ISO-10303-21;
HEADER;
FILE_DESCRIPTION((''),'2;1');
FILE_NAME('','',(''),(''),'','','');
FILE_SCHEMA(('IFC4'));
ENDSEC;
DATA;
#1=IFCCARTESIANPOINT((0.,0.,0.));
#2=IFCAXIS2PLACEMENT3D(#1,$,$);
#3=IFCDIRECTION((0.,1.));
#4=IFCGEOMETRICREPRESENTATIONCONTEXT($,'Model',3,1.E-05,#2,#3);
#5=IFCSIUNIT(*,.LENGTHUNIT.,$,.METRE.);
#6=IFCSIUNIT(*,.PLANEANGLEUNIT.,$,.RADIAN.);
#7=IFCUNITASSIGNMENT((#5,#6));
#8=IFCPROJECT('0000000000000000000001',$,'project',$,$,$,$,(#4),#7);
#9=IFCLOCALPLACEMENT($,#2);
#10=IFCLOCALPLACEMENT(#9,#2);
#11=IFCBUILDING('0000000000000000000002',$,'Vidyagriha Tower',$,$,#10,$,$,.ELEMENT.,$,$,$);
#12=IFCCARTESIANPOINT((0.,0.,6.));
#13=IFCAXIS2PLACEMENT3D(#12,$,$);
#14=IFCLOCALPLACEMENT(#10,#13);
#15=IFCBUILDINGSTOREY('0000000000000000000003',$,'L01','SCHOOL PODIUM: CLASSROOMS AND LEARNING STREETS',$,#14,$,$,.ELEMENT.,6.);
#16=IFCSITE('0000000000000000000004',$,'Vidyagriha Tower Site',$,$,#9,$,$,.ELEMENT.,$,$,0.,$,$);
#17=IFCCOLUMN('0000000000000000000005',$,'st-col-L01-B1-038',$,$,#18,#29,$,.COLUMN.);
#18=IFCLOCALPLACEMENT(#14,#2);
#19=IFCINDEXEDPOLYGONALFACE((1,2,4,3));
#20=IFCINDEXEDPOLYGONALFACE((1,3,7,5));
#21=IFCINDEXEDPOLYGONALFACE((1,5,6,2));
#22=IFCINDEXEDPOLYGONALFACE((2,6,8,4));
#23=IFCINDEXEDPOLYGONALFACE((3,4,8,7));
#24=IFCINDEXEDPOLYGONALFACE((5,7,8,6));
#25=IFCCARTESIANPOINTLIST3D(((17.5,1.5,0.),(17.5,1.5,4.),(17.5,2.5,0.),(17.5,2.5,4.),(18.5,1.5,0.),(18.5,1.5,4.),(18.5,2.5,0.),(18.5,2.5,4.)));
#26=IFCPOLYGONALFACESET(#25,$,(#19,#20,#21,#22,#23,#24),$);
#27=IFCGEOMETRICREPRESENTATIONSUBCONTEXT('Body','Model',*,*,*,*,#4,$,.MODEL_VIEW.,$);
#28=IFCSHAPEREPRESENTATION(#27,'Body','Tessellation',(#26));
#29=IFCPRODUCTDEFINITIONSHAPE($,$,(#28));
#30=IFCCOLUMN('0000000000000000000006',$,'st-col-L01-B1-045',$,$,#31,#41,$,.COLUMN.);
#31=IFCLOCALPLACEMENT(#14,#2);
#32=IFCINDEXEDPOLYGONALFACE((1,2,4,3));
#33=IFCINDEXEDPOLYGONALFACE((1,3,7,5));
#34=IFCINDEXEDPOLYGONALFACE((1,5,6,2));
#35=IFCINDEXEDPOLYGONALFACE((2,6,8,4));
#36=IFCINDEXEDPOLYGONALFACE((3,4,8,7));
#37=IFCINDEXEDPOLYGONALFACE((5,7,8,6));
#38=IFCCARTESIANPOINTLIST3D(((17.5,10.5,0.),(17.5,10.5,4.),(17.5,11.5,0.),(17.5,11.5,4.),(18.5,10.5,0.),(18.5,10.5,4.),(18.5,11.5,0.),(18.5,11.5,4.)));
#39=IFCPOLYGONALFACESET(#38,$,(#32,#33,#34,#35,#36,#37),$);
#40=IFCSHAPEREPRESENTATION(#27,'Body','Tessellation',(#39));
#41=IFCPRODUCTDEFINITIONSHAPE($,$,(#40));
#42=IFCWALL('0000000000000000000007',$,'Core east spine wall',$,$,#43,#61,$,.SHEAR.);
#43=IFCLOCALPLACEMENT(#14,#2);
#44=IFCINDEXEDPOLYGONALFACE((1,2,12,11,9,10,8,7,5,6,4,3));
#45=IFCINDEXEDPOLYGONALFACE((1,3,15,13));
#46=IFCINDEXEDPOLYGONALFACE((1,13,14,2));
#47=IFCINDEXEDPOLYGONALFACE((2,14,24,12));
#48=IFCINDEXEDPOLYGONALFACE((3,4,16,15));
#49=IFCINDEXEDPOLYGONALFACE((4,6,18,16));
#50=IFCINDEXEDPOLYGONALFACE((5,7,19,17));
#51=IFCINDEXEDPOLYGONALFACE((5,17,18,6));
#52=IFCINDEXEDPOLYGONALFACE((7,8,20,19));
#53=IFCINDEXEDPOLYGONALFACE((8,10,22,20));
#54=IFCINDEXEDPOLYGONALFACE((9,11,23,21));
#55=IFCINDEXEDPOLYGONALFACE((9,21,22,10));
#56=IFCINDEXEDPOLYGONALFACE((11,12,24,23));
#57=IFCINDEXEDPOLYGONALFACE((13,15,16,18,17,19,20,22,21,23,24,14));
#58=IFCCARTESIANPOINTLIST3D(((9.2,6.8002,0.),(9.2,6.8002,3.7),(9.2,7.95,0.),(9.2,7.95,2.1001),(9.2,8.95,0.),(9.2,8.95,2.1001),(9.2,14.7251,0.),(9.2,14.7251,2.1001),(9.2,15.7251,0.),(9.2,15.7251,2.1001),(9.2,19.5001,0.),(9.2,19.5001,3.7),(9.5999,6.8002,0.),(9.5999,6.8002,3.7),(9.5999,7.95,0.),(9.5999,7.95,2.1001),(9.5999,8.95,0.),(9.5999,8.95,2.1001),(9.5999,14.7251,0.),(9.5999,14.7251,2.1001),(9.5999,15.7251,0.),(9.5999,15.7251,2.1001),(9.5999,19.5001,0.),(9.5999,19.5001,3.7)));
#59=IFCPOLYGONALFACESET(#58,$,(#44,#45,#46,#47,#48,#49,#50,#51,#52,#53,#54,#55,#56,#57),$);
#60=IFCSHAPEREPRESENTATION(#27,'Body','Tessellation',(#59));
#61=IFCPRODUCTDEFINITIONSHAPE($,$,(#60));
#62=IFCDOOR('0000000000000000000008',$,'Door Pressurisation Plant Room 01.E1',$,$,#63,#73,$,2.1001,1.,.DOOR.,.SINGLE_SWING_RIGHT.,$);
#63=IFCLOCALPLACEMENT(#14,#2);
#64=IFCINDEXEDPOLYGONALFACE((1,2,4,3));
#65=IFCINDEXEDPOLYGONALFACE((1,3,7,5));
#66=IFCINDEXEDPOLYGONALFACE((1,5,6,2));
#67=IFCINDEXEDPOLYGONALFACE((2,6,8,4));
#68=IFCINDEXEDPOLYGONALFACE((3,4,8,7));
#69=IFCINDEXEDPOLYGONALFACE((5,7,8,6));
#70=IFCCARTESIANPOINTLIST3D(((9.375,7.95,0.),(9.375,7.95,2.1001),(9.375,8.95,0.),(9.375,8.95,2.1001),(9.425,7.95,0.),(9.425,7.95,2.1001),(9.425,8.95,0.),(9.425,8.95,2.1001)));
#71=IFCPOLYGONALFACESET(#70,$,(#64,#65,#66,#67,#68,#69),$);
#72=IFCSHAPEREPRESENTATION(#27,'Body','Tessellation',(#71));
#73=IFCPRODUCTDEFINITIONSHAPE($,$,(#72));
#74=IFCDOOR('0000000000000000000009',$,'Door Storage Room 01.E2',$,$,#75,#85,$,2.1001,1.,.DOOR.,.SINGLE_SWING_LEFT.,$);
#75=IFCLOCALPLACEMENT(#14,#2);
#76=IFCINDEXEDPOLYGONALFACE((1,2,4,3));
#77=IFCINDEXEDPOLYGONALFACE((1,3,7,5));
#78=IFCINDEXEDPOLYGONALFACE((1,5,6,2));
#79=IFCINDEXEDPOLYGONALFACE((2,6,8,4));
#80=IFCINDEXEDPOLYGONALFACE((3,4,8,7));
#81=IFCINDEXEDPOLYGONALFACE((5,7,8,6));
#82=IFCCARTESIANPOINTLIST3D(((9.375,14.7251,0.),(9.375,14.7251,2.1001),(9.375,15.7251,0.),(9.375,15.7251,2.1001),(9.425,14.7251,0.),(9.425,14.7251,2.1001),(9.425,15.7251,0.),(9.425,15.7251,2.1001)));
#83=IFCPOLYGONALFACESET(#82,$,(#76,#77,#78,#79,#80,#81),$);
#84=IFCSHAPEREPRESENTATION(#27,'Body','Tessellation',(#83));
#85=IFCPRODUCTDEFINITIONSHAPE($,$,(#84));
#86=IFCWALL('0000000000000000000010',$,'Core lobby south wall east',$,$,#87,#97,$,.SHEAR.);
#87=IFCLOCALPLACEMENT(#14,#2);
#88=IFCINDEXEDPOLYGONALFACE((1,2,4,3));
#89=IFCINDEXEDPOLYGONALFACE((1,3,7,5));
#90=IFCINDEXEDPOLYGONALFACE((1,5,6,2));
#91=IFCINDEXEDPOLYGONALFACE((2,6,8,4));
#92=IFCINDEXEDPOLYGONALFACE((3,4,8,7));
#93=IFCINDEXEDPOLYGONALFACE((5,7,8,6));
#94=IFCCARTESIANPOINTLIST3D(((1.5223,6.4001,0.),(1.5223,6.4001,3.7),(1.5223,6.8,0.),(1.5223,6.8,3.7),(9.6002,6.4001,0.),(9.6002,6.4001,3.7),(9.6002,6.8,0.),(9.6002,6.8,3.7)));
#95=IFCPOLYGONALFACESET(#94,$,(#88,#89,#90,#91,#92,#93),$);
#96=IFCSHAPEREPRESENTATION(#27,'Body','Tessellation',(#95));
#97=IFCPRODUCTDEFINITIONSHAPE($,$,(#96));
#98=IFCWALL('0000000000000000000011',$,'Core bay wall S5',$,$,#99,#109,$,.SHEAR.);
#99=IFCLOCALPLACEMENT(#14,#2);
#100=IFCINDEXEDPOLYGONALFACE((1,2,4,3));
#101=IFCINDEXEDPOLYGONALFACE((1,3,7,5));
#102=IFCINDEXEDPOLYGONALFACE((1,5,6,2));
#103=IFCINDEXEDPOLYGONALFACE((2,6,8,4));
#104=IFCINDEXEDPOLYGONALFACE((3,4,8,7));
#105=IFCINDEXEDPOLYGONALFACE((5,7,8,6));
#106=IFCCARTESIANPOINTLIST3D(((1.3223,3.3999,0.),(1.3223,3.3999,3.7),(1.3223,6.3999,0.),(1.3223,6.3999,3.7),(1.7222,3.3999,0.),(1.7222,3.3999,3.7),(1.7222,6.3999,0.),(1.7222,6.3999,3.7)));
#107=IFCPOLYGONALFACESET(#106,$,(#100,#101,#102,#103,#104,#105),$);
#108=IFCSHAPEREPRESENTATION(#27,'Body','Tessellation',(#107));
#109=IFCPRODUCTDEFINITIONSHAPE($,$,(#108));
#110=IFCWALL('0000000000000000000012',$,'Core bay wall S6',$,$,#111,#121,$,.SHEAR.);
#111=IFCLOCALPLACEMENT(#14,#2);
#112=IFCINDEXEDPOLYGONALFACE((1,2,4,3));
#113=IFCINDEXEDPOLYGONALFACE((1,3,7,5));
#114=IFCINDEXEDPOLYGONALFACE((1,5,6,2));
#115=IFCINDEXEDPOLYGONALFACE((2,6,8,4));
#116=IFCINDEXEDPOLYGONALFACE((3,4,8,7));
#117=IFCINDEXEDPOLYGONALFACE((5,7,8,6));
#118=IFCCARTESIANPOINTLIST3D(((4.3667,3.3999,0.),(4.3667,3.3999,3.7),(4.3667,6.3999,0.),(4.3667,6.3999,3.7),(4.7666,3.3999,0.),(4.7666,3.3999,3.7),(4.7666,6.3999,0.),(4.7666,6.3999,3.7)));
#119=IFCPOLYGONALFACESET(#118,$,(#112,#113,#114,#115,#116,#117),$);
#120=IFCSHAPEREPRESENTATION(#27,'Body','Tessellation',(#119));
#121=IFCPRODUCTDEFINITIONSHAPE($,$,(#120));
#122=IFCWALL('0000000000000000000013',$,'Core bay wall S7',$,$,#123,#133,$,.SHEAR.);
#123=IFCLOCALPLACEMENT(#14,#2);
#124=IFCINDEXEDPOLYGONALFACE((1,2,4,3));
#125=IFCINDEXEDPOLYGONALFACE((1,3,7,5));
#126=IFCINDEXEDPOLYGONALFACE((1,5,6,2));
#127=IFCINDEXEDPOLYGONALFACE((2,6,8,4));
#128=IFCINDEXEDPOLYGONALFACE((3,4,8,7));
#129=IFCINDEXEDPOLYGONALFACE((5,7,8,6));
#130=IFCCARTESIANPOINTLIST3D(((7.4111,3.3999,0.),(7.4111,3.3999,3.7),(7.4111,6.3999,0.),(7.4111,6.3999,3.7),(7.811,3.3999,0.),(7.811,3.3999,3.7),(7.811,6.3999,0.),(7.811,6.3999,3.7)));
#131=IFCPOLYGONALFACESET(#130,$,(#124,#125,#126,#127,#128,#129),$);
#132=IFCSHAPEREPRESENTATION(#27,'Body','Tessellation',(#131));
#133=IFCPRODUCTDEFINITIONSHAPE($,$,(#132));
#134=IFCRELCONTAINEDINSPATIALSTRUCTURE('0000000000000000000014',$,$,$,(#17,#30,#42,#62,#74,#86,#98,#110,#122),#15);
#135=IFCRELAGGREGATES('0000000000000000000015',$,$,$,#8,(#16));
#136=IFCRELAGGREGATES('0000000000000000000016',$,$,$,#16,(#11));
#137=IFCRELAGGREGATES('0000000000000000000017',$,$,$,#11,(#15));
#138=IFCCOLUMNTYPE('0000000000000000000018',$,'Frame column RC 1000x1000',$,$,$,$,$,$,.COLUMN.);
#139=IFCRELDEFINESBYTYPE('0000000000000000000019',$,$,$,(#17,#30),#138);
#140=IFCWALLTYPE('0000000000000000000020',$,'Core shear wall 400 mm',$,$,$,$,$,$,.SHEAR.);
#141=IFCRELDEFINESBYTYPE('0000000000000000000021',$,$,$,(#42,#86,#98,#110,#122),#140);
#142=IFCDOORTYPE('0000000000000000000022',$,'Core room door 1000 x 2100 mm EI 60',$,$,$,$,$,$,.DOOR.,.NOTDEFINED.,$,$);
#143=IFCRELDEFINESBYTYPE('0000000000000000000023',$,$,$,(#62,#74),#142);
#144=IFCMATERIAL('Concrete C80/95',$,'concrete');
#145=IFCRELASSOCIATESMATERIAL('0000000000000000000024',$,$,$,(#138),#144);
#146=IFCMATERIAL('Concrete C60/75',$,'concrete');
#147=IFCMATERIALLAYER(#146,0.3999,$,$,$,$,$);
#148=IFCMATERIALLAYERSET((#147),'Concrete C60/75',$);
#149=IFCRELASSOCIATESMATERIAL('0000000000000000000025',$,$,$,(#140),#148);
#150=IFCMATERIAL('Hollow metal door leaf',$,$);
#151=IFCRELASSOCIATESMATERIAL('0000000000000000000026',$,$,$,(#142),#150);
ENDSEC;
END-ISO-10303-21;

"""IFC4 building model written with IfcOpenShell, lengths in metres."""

from ifc_helpers import new_model, si_unit, direction, frame, frame_2d, origin, origin_2d, place, context, subcontext, project, spatial, rectangle, extrude, material, layer, layer_set, material_profile, profile_set, type_object, element, fill, save


model = new_model("IFC4")

# Units and contexts
model_context = context("Model", 3, precision=1e-05, world=origin(), true_north=direction((0.0, 1.0)))
body_context = subcontext(model_context, "Body", "Model", "MODEL_VIEW")
ifc_project = project(units=[si_unit("LENGTHUNIT", "METRE"), si_unit("PLANEANGLEUNIT", "RADIAN")], contexts=[model_context])

# Site, building, storey
site_placement = place(None, origin())
site = spatial("IfcSite", under=ifc_project, at=site_placement, Name="Vidyagriha Tower Site", CompositionType="ELEMENT", RefElevation=0.0)
building_placement = place(site_placement, origin())
building = spatial("IfcBuilding", under=site, at=building_placement, Name="Vidyagriha Tower", CompositionType="ELEMENT")
storey_placement = place(building_placement, frame((0.0, 0.0, 6.0)))
storey = spatial("IfcBuildingStorey", under=building, at=storey_placement, Name="L01", Description="SCHOOL PODIUM: CLASSROOMS AND LEARNING STREETS", CompositionType="ELEMENT", Elevation=6.0)

# Columns
ifc_material_1 = material(Name="Concrete C80/95", Category="concrete")
ifc_material_profile = material_profile(ifc_material_1, rectangle(XDim=1.0, YDim=1.0, at=origin_2d()), Name="RC 1000x1000")
ifc_profile_set = profile_set([ifc_material_profile], Name="Concrete C80/95")
column_type = type_object("IfcColumnType", Name="Frame column RC 1000x1000", PredefinedType="COLUMN", material=ifc_profile_set)
for number, where, name in (
    (1, (18.0, 2.0, 0.0), "st-col-L01-B1-038"),
    (2, (18.0, 11.0, 0.0), "st-col-L01-B1-045"),
):
    element("IfcColumn", number, at=place(storey_placement, frame(where)), inside=storey, type_object=column_type, Name=name, PredefinedType="COLUMN", context=body_context, shape_type="SweptSolid", body=[
        extrude(rectangle(XDim=1.0, YDim=1.0, at=origin_2d()), origin(), (0.0, 0.0, 1.0), 4.0),
    ])

# Wall, openings, doors
ifc_material_2 = material(Name="Concrete C60/75", Category="concrete")
ifc_layer_1 = layer(ifc_material_2, 0.3999)
ifc_layer_set_1 = layer_set([ifc_layer_1], Name="Concrete C60/75")
wall_type_1 = type_object("IfcWallType", Name="Core shear wall 400 mm", PredefinedType="SHEAR", material=ifc_layer_set_1)
wall_1_placement = place(storey_placement, frame((9.3999, 6.8, 0.0), z_axis=(0.0, 0.0, 1.0), x_axis=(0.0, 1.0, 0.0)))
wall_1 = element("IfcWall", 3, at=wall_1_placement, inside=storey, type_object=wall_type_1, Name="Core east spine wall", PredefinedType="SHEAR", context=body_context, shape_type="SweptSolid", body=[
    extrude(rectangle(XDim=12.7, YDim=0.3999, at=frame_2d((6.3501, 0.0))), origin(), (0.0, 0.0, 1.0), 3.7),
])
opening_1_placement = place(wall_1_placement, frame((1.1499, 0.0, 0.0)))
opening_1 = element("IfcOpeningElement", 4, at=opening_1_placement, cuts=wall_1, PredefinedType="OPENING", context=body_context, shape_type="SweptSolid", body=[
    extrude(rectangle(XDim=1.0, YDim=2.1001, at=frame_2d((0.5, 1.05))), frame((0.0, 0.21, 0.0), z_axis=(0.0, -1.0, 0.0), x_axis=(1.0, 0.0, 0.0)), (0.0, 0.0, 1.0), 0.4199),
])
opening_2_placement = place(wall_1_placement, frame((7.925, 0.0, 0.0)))
opening_2 = element("IfcOpeningElement", 5, at=opening_2_placement, cuts=wall_1, PredefinedType="OPENING", context=body_context, shape_type="SweptSolid", body=[
    extrude(rectangle(XDim=1.0, YDim=2.1001, at=frame_2d((0.5, 1.05))), frame((0.0, 0.21, 0.0), z_axis=(0.0, -1.0, 0.0), x_axis=(1.0, 0.0, 0.0)), (0.0, 0.0, 1.0), 0.4199),
])
ifc_material_3 = material(Name="Hollow metal door leaf")
door_type_1 = type_object("IfcDoorType", Name="Core room door 1000 x 2100 mm EI 60", OperationType="NOTDEFINED", PredefinedType="DOOR", material=ifc_material_3)
door_1_placement = place(opening_1_placement, origin())
door_1 = element("IfcDoor", 6, at=door_1_placement, inside=storey, type_object=door_type_1, Name="Door Pressurisation Plant Room 01.E1", OperationType="SINGLE_SWING_RIGHT", OverallHeight=2.1001, OverallWidth=1.0, PredefinedType="DOOR", context=body_context, shape_type="SweptSolid", body=[
    extrude(rectangle(XDim=1.0, YDim=2.1001, at=frame_2d((0.5, 1.05))), frame((0.0, 0.0249, 0.0), z_axis=(0.0, -1.0, 0.0), x_axis=(1.0, 0.0, 0.0)), (0.0, 0.0, 1.0), 0.05),
])
fill(opening_1, door_1)
door_2_placement = place(opening_2_placement, origin())
door_2 = element("IfcDoor", 7, at=door_2_placement, inside=storey, type_object=door_type_1, Name="Door Storage Room 01.E2", OperationType="SINGLE_SWING_LEFT", OverallHeight=2.1001, OverallWidth=1.0, PredefinedType="DOOR", context=body_context, shape_type="SweptSolid", body=[
    extrude(rectangle(XDim=1.0, YDim=2.1001, at=frame_2d((0.5, 1.05))), frame((0.0, 0.0249, 0.0), z_axis=(0.0, -1.0, 0.0), x_axis=(1.0, 0.0, 0.0)), (0.0, 0.0, 1.0), 0.05),
])
fill(opening_2, door_2)

# Walls
wall_2_placement = place(storey_placement, frame((1.5222, 6.6001, 0.0)))
element("IfcWall", 8, at=wall_2_placement, inside=storey, type_object=wall_type_1, Name="Core lobby south wall east", PredefinedType="SHEAR", context=body_context, shape_type="SweptSolid", body=[
    extrude(rectangle(XDim=8.0779, YDim=0.3999, at=frame_2d((4.0391, 0.0))), origin(), (0.0, 0.0, 1.0), 3.7),
])
for number, where, z_axis, x_axis, name in (
    (9, (1.5222, 3.3999, 0.0), (0.0, 0.0, 1.0), (0.0, 1.0, 0.0), "Core bay wall S5"),
    (10, (4.5667, 3.3999, 0.0), (0.0, 0.0, 1.0), (0.0, 1.0, 0.0), "Core bay wall S6"),
    (11, (7.6111, 3.3999, 0.0), (0.0, 0.0, 1.0), (0.0, 1.0, 0.0), "Core bay wall S7"),
):
    element("IfcWall", number, at=place(storey_placement, frame(where, z_axis=z_axis, x_axis=x_axis)), inside=storey, type_object=wall_type_1, Name=name, PredefinedType="SHEAR", context=body_context, shape_type="SweptSolid", body=[
        extrude(rectangle(XDim=3.0, YDim=0.3999, at=frame_2d((1.5, 0.0))), origin(), (0.0, 0.0, 1.0), 3.7),
    ])

save(model, "model.ifc")
